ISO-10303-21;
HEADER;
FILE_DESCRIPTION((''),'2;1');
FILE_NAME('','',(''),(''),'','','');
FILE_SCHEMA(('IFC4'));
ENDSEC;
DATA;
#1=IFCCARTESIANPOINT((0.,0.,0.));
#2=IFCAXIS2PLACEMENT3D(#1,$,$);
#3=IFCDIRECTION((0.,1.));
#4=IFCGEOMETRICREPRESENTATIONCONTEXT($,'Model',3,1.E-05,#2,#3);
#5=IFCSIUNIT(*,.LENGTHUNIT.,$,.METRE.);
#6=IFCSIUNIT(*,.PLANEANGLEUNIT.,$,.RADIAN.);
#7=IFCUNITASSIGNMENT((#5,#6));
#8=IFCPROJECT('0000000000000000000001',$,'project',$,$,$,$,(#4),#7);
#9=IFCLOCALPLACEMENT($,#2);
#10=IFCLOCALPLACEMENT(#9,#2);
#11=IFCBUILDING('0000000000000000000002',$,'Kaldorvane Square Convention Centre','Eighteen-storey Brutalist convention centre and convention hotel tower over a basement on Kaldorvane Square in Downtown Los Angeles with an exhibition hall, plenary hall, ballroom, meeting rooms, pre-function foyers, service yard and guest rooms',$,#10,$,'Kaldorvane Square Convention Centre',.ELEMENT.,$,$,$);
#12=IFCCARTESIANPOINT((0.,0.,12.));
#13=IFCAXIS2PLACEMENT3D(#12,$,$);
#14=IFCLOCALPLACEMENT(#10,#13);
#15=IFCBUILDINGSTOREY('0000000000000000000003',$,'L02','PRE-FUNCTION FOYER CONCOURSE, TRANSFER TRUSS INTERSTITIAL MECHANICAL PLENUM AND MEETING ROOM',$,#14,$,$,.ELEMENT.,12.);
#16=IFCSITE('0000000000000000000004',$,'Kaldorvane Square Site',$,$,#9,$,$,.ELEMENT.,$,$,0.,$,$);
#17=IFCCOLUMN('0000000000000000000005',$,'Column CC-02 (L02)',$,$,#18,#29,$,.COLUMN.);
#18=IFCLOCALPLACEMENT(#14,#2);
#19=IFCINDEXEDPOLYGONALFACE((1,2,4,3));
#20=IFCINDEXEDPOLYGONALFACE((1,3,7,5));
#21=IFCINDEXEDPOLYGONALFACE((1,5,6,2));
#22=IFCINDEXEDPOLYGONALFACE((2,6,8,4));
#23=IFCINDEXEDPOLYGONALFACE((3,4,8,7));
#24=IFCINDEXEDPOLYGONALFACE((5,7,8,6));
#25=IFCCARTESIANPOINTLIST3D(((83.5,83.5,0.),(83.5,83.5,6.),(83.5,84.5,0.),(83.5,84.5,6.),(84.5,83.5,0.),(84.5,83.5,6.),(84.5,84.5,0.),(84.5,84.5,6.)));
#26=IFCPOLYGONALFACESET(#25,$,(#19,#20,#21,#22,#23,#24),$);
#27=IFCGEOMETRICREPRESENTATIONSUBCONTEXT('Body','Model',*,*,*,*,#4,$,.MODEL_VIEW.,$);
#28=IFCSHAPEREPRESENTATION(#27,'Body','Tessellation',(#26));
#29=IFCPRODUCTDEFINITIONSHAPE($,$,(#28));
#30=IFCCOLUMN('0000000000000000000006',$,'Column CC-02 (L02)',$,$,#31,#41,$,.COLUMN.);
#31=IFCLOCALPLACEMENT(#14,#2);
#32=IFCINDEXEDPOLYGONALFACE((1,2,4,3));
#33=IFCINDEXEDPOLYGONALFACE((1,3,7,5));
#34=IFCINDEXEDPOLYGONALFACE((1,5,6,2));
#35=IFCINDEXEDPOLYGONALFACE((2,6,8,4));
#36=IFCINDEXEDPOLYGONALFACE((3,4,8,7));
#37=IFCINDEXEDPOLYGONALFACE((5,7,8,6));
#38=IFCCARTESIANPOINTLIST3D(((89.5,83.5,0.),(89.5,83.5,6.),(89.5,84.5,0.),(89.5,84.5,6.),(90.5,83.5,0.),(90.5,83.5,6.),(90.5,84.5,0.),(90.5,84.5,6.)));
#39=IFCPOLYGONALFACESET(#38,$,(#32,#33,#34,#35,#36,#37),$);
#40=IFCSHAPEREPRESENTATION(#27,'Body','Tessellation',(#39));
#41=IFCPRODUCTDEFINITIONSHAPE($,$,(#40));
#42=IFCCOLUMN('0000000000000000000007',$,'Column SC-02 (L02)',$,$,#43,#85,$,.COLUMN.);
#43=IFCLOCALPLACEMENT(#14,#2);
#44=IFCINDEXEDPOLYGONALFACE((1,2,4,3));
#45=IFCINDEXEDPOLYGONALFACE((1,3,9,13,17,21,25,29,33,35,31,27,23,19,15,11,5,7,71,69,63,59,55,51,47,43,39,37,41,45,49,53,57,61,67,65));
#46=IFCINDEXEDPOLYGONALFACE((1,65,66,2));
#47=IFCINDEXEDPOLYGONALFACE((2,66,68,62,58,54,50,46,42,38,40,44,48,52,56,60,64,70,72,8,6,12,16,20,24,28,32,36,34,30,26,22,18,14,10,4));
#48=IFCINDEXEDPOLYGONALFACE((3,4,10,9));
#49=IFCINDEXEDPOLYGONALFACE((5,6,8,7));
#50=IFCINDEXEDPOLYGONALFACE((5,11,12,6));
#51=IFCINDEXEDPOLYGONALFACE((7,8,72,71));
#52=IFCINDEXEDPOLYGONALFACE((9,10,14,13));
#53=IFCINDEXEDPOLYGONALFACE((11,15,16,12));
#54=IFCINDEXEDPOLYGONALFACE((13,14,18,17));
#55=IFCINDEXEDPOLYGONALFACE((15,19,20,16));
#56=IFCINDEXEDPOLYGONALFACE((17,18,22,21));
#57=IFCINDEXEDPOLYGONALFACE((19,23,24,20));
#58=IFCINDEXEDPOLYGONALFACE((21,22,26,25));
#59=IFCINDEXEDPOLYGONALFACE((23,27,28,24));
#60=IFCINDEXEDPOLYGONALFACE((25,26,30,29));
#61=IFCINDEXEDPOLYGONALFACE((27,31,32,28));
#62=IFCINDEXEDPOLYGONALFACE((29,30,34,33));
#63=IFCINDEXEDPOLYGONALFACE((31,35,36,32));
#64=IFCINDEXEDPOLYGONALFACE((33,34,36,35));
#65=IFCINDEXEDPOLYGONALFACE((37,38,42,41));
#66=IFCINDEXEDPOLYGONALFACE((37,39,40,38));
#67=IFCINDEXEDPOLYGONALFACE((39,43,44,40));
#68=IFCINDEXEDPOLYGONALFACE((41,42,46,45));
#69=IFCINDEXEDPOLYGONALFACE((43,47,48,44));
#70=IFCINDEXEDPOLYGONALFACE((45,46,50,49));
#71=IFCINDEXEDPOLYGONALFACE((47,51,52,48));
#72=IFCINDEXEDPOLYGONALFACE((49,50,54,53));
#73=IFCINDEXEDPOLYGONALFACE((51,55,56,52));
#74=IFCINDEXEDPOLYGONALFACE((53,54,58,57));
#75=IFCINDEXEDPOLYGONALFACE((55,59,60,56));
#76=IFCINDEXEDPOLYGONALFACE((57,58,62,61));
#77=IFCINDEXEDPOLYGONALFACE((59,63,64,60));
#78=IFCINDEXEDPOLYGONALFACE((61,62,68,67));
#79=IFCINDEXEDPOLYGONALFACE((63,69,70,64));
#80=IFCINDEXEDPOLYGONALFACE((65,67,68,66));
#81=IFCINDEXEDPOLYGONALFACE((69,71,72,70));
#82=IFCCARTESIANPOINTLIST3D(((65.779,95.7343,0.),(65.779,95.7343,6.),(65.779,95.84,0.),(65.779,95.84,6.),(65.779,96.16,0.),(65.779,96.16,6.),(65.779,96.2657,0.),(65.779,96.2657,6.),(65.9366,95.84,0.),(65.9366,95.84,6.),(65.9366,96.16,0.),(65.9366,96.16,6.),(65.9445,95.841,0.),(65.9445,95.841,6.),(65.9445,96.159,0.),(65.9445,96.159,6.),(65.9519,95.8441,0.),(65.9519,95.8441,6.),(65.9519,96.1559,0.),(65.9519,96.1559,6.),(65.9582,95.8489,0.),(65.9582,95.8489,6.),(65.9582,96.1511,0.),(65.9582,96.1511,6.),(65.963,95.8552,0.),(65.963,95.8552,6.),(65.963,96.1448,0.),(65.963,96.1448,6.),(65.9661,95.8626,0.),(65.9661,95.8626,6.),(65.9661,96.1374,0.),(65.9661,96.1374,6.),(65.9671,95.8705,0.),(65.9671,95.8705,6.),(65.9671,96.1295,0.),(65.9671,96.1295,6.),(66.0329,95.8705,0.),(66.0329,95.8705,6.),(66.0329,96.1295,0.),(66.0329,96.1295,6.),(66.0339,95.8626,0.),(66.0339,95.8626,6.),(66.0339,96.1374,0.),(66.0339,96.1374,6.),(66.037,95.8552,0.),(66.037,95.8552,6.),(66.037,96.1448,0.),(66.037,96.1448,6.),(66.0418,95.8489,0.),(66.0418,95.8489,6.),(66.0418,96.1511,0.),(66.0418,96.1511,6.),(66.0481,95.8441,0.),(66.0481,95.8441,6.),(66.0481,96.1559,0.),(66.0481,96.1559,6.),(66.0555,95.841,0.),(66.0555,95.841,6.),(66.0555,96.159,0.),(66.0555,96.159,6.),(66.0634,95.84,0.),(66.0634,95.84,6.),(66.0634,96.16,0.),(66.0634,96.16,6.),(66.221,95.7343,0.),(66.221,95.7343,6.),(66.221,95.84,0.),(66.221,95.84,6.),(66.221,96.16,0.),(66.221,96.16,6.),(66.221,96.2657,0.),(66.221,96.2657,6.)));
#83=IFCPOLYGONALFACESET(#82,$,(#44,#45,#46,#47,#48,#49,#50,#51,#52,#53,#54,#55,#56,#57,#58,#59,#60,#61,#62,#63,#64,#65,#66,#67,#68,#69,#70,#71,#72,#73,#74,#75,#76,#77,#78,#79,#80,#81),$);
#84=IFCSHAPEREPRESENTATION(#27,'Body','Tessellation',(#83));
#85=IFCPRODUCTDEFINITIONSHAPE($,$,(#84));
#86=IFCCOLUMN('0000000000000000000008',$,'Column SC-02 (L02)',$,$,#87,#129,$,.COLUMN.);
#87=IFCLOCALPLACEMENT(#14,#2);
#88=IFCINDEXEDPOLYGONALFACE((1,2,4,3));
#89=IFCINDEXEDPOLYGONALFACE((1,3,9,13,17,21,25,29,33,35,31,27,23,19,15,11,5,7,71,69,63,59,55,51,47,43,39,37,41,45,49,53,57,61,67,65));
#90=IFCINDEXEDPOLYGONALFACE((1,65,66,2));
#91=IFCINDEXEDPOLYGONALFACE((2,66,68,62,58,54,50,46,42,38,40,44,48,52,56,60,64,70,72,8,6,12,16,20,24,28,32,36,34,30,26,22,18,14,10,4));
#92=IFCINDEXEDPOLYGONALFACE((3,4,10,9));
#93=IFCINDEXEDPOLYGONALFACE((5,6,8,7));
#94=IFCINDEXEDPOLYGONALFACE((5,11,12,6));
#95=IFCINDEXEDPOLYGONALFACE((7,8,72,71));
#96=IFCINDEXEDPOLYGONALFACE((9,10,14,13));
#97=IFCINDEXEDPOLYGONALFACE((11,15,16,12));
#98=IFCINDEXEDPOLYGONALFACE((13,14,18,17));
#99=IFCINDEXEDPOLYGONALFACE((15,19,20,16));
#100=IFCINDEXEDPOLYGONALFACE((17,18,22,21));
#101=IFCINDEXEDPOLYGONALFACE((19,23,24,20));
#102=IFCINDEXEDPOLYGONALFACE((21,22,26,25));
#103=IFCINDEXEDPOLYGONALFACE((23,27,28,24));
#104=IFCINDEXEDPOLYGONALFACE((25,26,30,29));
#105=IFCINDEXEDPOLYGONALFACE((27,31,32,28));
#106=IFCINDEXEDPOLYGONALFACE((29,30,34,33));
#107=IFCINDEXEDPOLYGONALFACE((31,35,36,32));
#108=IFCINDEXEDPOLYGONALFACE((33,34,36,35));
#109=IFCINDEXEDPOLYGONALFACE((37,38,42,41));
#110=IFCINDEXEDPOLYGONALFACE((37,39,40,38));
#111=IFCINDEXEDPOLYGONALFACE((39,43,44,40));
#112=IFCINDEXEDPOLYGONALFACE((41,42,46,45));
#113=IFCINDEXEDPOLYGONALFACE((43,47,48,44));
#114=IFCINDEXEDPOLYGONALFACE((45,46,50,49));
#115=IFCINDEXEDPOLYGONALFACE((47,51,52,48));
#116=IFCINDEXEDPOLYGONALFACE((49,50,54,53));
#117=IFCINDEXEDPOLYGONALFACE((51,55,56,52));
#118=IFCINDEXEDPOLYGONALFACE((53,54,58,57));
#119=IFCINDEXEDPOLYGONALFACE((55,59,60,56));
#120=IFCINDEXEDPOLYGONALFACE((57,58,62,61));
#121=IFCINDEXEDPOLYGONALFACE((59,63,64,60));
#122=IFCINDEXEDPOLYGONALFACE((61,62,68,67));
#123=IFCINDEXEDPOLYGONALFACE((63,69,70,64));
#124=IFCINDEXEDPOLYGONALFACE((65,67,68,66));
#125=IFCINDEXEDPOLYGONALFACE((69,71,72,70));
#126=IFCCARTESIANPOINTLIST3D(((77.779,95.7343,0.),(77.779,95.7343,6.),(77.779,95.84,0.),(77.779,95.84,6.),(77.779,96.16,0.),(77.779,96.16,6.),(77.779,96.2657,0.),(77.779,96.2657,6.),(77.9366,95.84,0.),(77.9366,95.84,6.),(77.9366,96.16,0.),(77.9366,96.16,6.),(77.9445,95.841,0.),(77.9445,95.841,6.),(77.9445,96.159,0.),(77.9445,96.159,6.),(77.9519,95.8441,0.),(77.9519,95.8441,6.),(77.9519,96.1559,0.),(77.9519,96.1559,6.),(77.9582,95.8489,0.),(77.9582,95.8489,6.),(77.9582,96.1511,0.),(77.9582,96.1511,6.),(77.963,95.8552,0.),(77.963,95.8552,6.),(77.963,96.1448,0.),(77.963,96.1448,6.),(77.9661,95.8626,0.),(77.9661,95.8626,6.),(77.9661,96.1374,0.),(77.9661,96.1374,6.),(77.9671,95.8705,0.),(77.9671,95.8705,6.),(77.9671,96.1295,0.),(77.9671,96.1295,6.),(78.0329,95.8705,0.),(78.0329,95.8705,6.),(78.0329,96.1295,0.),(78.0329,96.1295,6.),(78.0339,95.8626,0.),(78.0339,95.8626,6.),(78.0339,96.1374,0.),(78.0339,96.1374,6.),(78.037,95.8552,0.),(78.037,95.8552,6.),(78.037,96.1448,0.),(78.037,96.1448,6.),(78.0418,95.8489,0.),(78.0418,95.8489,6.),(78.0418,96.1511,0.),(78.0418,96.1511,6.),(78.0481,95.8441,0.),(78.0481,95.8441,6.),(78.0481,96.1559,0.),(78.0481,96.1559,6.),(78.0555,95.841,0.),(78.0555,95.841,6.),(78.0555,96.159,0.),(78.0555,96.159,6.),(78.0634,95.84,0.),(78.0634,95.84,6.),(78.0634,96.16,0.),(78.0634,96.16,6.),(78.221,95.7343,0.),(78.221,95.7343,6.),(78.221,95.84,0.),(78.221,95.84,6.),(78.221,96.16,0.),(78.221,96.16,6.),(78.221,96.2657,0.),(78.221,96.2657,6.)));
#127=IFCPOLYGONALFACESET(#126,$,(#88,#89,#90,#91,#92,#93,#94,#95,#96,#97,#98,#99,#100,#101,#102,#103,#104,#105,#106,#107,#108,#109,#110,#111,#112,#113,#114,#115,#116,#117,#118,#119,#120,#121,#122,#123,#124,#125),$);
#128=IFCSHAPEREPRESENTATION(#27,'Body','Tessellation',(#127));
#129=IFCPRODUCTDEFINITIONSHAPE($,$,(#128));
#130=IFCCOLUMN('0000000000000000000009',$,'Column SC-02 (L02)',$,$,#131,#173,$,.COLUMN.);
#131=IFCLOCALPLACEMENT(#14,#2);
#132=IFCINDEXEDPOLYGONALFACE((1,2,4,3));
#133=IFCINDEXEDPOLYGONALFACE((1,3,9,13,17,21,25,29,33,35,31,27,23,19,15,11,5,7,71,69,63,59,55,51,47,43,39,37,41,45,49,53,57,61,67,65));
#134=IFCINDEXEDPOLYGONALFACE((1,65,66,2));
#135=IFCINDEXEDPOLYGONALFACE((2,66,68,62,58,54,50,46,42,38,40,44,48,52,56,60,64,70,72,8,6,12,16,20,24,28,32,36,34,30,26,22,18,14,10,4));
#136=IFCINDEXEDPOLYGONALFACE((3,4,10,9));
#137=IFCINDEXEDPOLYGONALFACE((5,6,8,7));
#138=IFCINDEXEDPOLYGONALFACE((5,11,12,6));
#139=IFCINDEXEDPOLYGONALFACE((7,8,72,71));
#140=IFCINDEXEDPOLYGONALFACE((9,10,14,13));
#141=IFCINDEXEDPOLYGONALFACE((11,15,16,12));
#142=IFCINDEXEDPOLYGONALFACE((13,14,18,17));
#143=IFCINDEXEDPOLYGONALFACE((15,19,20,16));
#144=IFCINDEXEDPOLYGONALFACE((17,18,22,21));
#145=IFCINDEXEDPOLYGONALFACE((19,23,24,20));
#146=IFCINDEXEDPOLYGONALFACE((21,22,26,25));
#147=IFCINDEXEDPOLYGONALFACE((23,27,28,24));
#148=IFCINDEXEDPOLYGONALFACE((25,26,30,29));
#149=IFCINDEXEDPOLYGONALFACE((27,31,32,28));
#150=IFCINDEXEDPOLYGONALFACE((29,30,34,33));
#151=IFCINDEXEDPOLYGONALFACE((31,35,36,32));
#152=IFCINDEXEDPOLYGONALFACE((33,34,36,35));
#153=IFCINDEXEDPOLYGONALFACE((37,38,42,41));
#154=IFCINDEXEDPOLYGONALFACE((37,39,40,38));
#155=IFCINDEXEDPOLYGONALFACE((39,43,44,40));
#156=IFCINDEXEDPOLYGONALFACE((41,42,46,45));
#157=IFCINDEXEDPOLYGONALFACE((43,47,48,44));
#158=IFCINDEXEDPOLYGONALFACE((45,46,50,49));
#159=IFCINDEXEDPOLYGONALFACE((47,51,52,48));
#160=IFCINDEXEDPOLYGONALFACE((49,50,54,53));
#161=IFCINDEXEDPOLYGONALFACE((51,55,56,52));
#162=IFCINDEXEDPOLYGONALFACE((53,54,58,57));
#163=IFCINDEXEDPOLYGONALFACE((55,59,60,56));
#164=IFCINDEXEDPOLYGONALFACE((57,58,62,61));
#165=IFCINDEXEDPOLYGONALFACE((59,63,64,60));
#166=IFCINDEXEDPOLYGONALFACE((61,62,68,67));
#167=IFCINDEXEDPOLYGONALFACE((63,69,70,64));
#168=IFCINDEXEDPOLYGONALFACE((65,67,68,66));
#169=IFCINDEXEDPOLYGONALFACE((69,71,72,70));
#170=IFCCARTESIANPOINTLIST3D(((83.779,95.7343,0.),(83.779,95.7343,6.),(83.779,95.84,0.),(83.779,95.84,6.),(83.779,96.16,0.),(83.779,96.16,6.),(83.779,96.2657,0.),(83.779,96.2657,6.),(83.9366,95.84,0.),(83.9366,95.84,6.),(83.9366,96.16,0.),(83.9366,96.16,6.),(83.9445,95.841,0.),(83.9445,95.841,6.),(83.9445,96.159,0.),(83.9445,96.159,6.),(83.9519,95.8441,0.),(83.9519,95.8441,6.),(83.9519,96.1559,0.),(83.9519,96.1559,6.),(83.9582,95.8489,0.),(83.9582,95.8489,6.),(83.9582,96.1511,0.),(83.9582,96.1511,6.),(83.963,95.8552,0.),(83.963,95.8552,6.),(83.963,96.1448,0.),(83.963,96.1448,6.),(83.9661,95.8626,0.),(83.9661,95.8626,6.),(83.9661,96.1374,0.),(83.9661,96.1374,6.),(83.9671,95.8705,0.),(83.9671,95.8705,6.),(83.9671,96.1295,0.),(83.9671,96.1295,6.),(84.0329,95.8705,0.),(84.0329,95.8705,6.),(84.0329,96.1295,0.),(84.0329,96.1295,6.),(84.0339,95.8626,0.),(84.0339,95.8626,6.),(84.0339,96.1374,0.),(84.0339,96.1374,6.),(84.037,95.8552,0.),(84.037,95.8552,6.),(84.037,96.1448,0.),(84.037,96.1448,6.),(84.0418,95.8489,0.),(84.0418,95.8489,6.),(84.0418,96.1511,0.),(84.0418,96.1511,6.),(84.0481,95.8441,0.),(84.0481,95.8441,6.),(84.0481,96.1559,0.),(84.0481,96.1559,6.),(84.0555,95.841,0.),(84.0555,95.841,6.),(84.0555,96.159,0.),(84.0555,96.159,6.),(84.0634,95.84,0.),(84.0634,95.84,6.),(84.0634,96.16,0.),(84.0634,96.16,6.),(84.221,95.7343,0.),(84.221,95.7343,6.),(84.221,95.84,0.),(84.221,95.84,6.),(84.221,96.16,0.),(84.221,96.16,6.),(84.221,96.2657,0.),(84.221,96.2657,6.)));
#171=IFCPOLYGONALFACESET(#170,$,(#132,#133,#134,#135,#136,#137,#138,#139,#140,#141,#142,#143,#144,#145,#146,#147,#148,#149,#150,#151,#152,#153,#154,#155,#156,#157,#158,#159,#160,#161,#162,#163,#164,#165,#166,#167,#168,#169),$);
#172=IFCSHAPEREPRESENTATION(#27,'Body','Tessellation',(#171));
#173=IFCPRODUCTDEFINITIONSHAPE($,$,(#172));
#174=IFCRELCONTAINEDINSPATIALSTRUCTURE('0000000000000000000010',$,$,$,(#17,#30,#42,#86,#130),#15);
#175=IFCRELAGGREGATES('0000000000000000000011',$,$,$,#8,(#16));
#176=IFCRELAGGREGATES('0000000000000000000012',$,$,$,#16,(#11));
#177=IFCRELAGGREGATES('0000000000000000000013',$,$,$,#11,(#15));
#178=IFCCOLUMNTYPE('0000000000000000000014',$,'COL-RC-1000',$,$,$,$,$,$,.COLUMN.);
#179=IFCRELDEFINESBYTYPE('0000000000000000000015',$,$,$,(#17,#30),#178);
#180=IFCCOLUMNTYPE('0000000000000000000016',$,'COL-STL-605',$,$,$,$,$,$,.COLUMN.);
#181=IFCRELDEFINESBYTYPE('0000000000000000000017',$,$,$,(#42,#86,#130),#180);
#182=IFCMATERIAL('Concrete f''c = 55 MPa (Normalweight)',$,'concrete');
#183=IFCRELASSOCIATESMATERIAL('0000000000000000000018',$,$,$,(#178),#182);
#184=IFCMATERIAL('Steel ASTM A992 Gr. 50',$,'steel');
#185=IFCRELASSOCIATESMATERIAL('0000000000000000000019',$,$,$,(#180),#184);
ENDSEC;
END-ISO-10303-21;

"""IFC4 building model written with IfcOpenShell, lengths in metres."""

from ifc_helpers import new_model, si_unit, direction, frame, origin, origin_2d, place, context, subcontext, project, spatial, rectangle, i_section, extrude, material, material_profile, profile_set, type_object, element, save


model = new_model("IFC4")

# Units and contexts
model_context = context("Model", 3, precision=1e-05, world=origin(), true_north=direction((0.0, 1.0)))
body_context = subcontext(model_context, "Body", "Model", "MODEL_VIEW")
ifc_project = project(units=[si_unit("LENGTHUNIT", "METRE"), si_unit("PLANEANGLEUNIT", "RADIAN")], contexts=[model_context])

# Site, building, storey
site_placement = place(None, origin())
site = spatial("IfcSite", under=ifc_project, at=site_placement, Name="Kaldorvane Square Site", CompositionType="ELEMENT", RefElevation=0.0)
building_placement = place(site_placement, origin())
building = spatial("IfcBuilding", under=site, at=building_placement, Name="Kaldorvane Square Convention Centre", Description="Eighteen-storey Brutalist convention centre and convention hotel tower over a basement on Kaldorvane Square in Downtown Los Angeles with an exhibition hall, plenary hall, ballroom, meeting rooms, pre-function foyers, service yard and guest rooms", LongName="Kaldorvane Square Convention Centre", CompositionType="ELEMENT")
storey_placement = place(building_placement, frame((0.0, 0.0, 12.0)))
storey = spatial("IfcBuildingStorey", under=building, at=storey_placement, Name="L02", Description="PRE-FUNCTION FOYER CONCOURSE, TRANSFER TRUSS INTERSTITIAL MECHANICAL PLENUM AND MEETING ROOM", CompositionType="ELEMENT", Elevation=12.0)

# Columns
ifc_material_1 = material(Name="Concrete f'c = 55 MPa (Normalweight)", Category="concrete")
ifc_material_profile_1 = material_profile(ifc_material_1, rectangle(XDim=1.0, YDim=1.0, at=origin_2d()), Name="RC1000X1000")
ifc_profile_set_1 = profile_set([ifc_material_profile_1], Name="Concrete f'c = 55 MPa (Normalweight)")
column_type_1 = type_object("IfcColumnType", Name="COL-RC-1000", PredefinedType="COLUMN", material=ifc_profile_set_1)
for number, where, z_axis, x_axis, name in (
    (1, (84.0, 84.0, 0.0), (0.0, 0.0, 1.0), (1.0, 0.0, 0.0), "Column CC-02 (L02)"),
    (2, (90.0, 84.0, 0.0), (0.0, 0.0, 1.0), (1.0, 0.0, 0.0), "Column CC-02 (L02)"),
):
    element("IfcColumn", number, at=place(storey_placement, frame(where, z_axis=z_axis, x_axis=x_axis)), inside=storey, type_object=column_type_1, Name=name, PredefinedType="COLUMN", context=body_context, shape_type="SweptSolid", body=[
        extrude(rectangle(XDim=1.0, YDim=1.0, at=origin_2d()), origin(), (0.0, 0.0, 1.0), 6.0),
    ])
ifc_material_2 = material(Name="Steel ASTM A992 Gr. 50", Category="steel")
ifc_material_profile_2 = material_profile(ifc_material_2, i_section(OverallWidth=0.442, OverallDepth=0.5314, WebThickness=0.0658, FlangeThickness=0.1057, FilletRadius=0.0305, at=origin_2d()), Name="W14X605")
ifc_profile_set_2 = profile_set([ifc_material_profile_2], Name="Steel ASTM A992 Gr. 50")
column_type_2 = type_object("IfcColumnType", Name="COL-STL-605", PredefinedType="COLUMN", material=ifc_profile_set_2)
for number, where, z_axis, x_axis, name in (
    (3, (66.0, 96.0, 0.0), (0.0, 0.0, 1.0), (1.0, 0.0, 0.0), "Column SC-02 (L02)"),
    (4, (78.0, 96.0, 0.0), (0.0, 0.0, 1.0), (1.0, 0.0, 0.0), "Column SC-02 (L02)"),
    (5, (84.0, 96.0, 0.0), (0.0, 0.0, 1.0), (1.0, 0.0, 0.0), "Column SC-02 (L02)"),
):
    element("IfcColumn", number, at=place(storey_placement, frame(where, z_axis=z_axis, x_axis=x_axis)), inside=storey, type_object=column_type_2, Name=name, PredefinedType="COLUMN", context=body_context, shape_type="SweptSolid", body=[
        extrude(i_section(OverallWidth=0.442, OverallDepth=0.5314, WebThickness=0.0658, FlangeThickness=0.1057, FilletRadius=0.0305, at=origin_2d()), origin(), (0.0, 0.0, 1.0), 6.0),
    ])

save(model, "model.ifc")
